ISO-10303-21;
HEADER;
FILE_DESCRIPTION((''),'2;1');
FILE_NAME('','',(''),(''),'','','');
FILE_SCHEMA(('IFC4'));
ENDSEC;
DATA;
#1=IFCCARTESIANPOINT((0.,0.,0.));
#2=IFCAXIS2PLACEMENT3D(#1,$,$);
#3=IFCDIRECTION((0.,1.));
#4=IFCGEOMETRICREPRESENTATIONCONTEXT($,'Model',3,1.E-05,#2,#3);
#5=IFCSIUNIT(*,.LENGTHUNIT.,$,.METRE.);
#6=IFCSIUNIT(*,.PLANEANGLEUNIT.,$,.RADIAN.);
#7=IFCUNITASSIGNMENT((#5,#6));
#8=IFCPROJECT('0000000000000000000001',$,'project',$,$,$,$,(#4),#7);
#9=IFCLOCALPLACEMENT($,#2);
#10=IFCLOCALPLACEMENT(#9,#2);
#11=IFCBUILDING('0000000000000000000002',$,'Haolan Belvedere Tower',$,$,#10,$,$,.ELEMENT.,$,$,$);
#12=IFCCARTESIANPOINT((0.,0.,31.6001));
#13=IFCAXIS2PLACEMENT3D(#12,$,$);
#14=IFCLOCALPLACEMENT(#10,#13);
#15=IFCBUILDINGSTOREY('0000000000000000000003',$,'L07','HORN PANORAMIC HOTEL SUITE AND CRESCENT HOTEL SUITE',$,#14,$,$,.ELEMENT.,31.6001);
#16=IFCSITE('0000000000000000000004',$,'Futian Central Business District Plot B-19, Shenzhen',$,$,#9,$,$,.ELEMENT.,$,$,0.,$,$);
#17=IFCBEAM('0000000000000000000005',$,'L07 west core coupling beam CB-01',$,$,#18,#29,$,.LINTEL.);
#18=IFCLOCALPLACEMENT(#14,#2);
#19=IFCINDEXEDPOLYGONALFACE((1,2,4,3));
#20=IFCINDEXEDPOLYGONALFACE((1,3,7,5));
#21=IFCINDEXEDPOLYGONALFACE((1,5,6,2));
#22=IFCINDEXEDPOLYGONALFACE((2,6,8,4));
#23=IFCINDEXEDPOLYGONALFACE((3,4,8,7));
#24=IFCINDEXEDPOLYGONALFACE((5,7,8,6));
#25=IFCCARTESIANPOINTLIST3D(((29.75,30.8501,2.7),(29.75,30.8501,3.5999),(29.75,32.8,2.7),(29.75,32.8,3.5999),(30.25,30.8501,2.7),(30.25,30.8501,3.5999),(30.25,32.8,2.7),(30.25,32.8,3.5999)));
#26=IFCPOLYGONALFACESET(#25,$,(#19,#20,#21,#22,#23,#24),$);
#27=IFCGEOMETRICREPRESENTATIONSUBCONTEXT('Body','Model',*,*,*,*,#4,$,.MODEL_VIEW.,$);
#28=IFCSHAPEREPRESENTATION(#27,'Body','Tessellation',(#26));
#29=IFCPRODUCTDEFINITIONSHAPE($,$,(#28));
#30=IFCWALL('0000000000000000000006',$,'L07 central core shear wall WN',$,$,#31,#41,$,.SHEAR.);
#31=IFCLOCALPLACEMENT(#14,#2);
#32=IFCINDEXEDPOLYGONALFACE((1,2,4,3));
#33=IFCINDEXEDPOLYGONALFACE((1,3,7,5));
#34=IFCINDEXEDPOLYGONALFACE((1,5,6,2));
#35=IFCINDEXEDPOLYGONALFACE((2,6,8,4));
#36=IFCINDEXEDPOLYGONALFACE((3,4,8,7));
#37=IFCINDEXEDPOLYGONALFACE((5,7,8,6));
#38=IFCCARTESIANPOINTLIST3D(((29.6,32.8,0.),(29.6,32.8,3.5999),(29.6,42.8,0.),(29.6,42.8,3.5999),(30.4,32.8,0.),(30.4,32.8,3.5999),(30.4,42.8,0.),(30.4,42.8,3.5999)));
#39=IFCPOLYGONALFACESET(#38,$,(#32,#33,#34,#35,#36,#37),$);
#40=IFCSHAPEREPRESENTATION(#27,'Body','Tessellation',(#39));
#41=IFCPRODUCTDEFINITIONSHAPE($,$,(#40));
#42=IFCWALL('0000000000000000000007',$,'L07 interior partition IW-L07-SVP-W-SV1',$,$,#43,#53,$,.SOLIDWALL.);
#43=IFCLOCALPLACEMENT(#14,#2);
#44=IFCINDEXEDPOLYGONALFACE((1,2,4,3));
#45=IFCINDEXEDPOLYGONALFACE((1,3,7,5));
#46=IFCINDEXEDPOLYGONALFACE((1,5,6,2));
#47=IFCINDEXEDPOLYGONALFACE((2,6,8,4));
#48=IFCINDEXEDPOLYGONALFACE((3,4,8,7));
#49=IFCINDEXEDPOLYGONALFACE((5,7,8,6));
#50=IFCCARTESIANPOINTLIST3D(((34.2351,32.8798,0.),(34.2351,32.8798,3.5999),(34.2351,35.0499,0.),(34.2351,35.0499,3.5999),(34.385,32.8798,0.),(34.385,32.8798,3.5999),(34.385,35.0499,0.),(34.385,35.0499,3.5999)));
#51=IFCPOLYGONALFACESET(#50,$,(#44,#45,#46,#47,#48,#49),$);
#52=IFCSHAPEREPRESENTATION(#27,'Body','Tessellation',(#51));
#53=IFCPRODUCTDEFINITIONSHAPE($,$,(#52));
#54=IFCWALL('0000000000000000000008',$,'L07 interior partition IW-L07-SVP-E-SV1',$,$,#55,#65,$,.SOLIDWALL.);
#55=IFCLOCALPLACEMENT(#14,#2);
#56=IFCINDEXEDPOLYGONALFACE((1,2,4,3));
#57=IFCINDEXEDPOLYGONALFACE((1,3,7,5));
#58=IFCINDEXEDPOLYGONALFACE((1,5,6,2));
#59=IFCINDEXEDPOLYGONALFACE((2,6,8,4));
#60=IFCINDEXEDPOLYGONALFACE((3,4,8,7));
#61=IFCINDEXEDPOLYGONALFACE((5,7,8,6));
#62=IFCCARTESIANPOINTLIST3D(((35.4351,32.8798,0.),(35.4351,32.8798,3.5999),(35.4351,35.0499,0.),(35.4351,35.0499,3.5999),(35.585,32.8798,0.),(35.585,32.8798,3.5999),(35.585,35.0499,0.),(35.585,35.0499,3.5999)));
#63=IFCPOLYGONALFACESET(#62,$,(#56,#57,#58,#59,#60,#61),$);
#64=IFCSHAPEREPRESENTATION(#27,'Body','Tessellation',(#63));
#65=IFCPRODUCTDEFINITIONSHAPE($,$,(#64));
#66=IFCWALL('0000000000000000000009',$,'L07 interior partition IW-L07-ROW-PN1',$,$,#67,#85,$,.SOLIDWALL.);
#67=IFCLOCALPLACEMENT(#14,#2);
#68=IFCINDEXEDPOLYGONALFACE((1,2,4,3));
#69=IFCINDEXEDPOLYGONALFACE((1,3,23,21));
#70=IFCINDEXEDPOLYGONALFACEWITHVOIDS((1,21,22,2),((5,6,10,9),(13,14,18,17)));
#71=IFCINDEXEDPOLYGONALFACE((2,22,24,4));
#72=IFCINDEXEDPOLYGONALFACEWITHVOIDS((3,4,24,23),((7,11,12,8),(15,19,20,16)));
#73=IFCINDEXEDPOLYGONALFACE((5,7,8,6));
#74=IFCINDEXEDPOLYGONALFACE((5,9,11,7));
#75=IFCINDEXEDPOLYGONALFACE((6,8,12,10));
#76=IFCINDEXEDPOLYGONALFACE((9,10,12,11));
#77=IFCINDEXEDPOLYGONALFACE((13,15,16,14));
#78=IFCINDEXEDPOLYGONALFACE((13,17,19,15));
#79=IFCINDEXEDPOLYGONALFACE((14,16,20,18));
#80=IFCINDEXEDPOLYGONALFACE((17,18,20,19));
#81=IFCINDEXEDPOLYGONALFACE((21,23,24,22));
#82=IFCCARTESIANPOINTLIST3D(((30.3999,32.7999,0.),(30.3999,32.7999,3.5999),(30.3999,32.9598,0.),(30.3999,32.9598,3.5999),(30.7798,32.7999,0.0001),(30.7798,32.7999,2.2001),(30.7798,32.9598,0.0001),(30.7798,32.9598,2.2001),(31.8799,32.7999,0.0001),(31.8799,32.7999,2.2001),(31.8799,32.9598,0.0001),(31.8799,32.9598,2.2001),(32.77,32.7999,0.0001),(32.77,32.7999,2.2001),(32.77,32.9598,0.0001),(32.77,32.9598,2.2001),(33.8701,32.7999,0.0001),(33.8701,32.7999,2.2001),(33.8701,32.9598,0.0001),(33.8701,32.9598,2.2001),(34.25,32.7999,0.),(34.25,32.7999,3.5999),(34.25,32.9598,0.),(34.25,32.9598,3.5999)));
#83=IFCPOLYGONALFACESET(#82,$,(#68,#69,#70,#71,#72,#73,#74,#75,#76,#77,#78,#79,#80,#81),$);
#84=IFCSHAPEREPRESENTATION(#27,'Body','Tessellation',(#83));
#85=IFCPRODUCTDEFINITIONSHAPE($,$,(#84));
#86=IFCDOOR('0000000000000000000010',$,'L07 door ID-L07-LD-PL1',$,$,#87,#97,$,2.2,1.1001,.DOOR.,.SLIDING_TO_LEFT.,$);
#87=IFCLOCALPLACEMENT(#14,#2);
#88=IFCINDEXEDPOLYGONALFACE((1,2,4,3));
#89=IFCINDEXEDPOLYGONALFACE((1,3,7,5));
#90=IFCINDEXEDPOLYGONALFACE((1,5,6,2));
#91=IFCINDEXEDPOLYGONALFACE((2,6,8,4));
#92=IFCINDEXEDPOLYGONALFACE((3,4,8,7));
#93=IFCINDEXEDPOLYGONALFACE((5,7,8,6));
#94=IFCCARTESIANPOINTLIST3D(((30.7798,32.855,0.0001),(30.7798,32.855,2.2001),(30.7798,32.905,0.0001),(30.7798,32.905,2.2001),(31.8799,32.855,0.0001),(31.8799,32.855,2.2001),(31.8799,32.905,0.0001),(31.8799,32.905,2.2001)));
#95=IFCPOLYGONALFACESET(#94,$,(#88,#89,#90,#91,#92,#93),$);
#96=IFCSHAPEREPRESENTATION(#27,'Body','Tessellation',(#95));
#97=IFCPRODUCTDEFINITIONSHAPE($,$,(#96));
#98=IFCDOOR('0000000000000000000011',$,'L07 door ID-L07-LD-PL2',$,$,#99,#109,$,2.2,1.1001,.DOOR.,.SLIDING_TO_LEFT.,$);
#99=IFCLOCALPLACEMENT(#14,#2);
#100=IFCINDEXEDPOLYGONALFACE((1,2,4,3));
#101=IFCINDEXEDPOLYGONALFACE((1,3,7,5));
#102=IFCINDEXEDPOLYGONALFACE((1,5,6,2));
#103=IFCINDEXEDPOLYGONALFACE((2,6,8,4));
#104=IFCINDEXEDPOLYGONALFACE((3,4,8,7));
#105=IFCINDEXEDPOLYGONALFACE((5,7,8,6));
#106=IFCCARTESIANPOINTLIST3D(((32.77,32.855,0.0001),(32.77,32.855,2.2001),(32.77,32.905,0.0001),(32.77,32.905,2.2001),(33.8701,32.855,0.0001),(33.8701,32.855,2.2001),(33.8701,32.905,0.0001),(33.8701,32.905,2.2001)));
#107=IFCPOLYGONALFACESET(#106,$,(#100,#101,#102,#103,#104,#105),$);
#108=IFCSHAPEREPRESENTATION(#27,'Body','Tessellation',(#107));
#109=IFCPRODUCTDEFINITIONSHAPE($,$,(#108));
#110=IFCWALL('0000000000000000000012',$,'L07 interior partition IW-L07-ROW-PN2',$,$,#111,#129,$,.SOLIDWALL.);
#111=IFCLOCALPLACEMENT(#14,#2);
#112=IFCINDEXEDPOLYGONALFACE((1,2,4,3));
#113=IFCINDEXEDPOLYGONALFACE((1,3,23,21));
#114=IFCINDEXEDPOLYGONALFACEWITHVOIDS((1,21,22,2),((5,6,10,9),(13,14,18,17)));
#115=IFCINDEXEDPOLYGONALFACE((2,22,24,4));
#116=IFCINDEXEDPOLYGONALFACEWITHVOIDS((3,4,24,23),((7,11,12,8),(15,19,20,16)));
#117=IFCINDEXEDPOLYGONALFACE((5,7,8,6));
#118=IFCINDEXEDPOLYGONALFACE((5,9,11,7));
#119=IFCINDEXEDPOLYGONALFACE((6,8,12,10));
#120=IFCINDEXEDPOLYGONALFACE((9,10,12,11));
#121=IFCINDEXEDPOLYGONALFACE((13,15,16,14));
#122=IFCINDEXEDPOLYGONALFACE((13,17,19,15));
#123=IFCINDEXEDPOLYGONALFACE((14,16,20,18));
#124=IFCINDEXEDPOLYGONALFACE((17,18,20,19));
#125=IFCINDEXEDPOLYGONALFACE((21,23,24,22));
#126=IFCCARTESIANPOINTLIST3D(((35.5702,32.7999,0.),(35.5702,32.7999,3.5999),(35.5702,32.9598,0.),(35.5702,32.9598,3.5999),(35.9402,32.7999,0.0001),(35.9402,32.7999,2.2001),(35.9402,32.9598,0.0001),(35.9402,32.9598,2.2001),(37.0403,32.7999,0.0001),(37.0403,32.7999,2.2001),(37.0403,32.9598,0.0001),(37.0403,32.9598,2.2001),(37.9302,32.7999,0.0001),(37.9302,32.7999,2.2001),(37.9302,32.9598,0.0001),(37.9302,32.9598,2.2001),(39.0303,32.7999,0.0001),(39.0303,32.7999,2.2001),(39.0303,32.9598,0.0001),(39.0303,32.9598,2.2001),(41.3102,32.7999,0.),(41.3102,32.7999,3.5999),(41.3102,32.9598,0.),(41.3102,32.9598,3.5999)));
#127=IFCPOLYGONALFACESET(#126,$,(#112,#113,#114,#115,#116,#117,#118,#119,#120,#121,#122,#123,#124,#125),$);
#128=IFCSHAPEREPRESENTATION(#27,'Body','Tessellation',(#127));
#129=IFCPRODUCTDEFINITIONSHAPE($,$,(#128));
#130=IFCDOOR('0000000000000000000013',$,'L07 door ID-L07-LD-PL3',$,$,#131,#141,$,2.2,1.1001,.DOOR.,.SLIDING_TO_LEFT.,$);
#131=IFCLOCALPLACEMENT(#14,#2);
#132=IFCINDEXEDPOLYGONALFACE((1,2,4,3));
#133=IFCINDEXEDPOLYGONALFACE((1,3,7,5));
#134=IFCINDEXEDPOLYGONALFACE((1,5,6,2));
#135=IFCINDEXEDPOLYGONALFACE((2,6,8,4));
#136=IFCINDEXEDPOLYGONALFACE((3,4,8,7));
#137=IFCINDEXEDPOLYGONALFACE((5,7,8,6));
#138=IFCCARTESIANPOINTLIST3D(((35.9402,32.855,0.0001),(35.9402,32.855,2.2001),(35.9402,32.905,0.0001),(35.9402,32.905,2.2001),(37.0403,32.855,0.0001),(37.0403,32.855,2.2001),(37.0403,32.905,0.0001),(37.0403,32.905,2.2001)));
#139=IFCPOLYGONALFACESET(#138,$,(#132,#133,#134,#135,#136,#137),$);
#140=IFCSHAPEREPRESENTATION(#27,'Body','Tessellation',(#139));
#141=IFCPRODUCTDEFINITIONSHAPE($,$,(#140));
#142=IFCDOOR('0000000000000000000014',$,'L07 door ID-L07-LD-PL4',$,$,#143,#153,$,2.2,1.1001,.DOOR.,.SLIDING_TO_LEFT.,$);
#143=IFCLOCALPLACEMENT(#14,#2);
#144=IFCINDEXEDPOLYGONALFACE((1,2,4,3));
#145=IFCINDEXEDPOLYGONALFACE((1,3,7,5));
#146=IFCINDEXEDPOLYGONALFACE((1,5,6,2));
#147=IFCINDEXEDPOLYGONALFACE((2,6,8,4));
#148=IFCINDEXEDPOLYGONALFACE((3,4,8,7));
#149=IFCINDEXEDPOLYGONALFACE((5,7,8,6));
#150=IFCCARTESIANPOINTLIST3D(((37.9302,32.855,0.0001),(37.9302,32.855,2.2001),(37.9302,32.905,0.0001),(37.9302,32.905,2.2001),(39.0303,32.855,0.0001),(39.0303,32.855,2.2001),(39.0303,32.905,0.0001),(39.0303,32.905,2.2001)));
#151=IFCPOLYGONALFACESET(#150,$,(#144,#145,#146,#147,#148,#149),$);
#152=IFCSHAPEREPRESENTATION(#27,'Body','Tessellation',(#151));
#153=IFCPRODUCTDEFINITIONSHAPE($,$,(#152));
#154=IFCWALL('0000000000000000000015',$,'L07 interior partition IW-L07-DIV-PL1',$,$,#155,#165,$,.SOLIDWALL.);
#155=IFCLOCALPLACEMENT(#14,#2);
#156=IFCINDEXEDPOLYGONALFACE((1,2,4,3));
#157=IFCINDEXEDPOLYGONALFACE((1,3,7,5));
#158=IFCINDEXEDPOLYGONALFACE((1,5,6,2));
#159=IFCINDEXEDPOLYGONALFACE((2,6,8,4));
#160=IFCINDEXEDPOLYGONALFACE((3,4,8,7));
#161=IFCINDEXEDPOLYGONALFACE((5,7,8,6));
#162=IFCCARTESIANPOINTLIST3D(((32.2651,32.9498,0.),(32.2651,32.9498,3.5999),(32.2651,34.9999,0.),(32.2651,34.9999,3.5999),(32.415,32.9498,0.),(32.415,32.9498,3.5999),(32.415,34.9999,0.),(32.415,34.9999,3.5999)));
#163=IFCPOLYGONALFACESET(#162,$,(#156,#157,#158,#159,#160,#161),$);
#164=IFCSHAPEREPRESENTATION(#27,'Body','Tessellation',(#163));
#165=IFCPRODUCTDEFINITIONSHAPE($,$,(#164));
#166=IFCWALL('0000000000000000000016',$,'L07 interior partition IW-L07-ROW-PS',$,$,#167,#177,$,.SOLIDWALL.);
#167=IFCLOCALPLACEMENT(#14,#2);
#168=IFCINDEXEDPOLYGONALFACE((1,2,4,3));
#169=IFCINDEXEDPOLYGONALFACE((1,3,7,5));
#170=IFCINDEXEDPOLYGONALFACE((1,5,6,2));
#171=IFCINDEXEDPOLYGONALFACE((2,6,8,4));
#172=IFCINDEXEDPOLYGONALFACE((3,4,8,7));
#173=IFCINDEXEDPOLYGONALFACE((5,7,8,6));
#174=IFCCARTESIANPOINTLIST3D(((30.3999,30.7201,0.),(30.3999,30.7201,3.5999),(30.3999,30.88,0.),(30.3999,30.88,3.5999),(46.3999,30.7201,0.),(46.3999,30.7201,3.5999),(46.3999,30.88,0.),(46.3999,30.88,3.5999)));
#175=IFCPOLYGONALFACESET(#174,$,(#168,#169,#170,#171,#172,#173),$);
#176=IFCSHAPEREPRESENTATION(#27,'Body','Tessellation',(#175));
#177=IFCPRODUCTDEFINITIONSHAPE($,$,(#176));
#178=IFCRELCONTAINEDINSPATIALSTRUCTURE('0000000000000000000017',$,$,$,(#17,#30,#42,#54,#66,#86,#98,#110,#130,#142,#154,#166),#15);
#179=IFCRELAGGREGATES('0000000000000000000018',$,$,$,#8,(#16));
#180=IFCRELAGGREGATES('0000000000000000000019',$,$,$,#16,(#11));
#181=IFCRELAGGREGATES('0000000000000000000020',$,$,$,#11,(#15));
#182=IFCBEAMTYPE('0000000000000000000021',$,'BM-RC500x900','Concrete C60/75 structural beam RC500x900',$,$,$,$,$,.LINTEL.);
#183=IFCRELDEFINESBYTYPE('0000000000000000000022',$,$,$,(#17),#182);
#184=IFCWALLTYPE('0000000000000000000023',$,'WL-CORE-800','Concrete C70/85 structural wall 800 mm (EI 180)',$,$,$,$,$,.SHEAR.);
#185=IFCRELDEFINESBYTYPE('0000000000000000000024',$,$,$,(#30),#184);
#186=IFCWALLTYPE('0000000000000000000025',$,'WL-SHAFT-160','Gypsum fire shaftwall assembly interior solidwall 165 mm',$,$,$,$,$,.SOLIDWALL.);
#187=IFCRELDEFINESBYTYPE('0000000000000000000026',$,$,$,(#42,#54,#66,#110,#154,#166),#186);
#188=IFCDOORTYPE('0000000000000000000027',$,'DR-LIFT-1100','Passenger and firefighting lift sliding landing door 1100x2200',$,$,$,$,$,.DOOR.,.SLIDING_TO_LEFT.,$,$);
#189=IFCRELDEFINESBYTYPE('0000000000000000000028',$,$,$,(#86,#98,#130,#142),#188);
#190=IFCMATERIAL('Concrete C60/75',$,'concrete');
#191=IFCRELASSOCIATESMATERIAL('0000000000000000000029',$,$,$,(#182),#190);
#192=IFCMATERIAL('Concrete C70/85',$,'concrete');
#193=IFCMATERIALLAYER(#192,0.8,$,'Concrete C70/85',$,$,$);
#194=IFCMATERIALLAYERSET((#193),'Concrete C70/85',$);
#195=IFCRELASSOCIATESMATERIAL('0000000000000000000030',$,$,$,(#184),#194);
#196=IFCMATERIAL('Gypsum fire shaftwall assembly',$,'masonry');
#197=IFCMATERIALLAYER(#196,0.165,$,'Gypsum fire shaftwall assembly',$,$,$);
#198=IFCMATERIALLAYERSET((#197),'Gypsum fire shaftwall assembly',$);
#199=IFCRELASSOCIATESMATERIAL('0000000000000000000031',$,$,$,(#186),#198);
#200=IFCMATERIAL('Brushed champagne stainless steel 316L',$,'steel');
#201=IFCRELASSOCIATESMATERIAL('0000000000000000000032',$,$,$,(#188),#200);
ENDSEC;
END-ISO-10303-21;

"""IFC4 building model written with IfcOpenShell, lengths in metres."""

from ifc_helpers import new_model, si_unit, direction, frame, frame_2d, origin, origin_2d, place, context, subcontext, project, spatial, rectangle, extrude, material, layer, layer_set, material_profile, profile_set, type_object, element, fill, save


model = new_model("IFC4")

# Units and contexts
model_context = context("Model", 3, precision=1e-05, world=origin(), true_north=direction((0.0, 1.0)))
body_context = subcontext(model_context, "Body", "Model", "MODEL_VIEW")
ifc_project = project(units=[si_unit("LENGTHUNIT", "METRE"), si_unit("PLANEANGLEUNIT", "RADIAN")], contexts=[model_context])

# Site, building, storey
site_placement = place(None, origin())
site = spatial("IfcSite", under=ifc_project, at=site_placement, Name="Futian Central Business District Plot B-19, Shenzhen", CompositionType="ELEMENT", RefElevation=0.0)
building_placement = place(site_placement, origin())
building = spatial("IfcBuilding", under=site, at=building_placement, Name="Haolan Belvedere Tower", CompositionType="ELEMENT")
storey_placement = place(building_placement, frame((0.0, 0.0, 31.6001)))
storey = spatial("IfcBuildingStorey", under=building, at=storey_placement, Name="L07", Description="HORN PANORAMIC HOTEL SUITE AND CRESCENT HOTEL SUITE", CompositionType="ELEMENT", Elevation=31.6001)

# Beam
ifc_material_1 = material(Name="Concrete C60/75", Category="concrete")
ifc_material_profile = material_profile(ifc_material_1, rectangle(XDim=0.5, YDim=0.8999, at=origin_2d()), Name="Concrete C60/75")
ifc_profile_set = profile_set([ifc_material_profile], Name="Concrete C60/75")
beam_type = type_object("IfcBeamType", Name="BM-RC500x900", Description="Concrete C60/75 structural beam RC500x900", PredefinedType="LINTEL", material=ifc_profile_set)
beam_placement = place(storey_placement, frame((30.0, 30.8501, 3.1499), z_axis=(0.0, 1.0, 0.0), x_axis=(-1.0, 0.0, 0.0)))
element("IfcBeam", 1, at=beam_placement, inside=storey, type_object=beam_type, Name="L07 west core coupling beam CB-01", PredefinedType="LINTEL", context=body_context, shape_type="SweptSolid", body=[
    extrude(rectangle(XDim=0.5, YDim=0.8999, at=origin_2d()), origin(), (0.0, 0.0, 1.0), 1.95),
])

# Wall
ifc_material_2 = material(Name="Concrete C70/85", Category="concrete")
ifc_layer_1 = layer(ifc_material_2, 0.8, Name="Concrete C70/85")
ifc_layer_set_1 = layer_set([ifc_layer_1], Name="Concrete C70/85")
wall_type_1 = type_object("IfcWallType", Name="WL-CORE-800", Description="Concrete C70/85 structural wall 800 mm (EI 180)", PredefinedType="SHEAR", material=ifc_layer_set_1)
wall_1_placement = place(storey_placement, frame((30.0, 32.8, 0.0), z_axis=(0.0, 0.0, 1.0), x_axis=(0.0, 1.0, 0.0)))
element("IfcWall", 2, at=wall_1_placement, inside=storey, type_object=wall_type_1, Name="L07 central core shear wall WN", PredefinedType="SHEAR", context=body_context, shape_type="SweptSolid", body=[
    extrude(rectangle(XDim=10.0, YDim=0.8, at=frame_2d((5.0, 0.0))), origin(), (0.0, 0.0, 1.0), 3.5999),
])

# Walls
ifc_material_3 = material(Name="Gypsum fire shaftwall assembly", Category="masonry")
ifc_layer_2 = layer(ifc_material_3, 0.165, Name="Gypsum fire shaftwall assembly")
ifc_layer_set_2 = layer_set([ifc_layer_2], Name="Gypsum fire shaftwall assembly")
wall_type_2 = type_object("IfcWallType", Name="WL-SHAFT-160", Description="Gypsum fire shaftwall assembly interior solidwall 165 mm", PredefinedType="SOLIDWALL", material=ifc_layer_set_2)
for number, where, z_axis, x_axis, name in (
    (3, (34.3101, 32.8799, 0.0), (0.0, 0.0, 1.0), (0.0, 1.0, 0.0), "L07 interior partition IW-L07-SVP-W-SV1"),
    (4, (35.51, 32.8799, 0.0), (0.0, 0.0, 1.0), (0.0, 1.0, 0.0), "L07 interior partition IW-L07-SVP-E-SV1"),
):
    element("IfcWall", number, at=place(storey_placement, frame(where, z_axis=z_axis, x_axis=x_axis)), inside=storey, type_object=wall_type_2, Name=name, PredefinedType="SOLIDWALL", context=body_context, shape_type="SweptSolid", body=[
        extrude(rectangle(XDim=2.1702, YDim=0.1499, at=frame_2d((1.085, 0.0))), origin(), (0.0, 0.0, 1.0), 3.5999),
    ])

# Walls, openings, doors
wall_2_placement = place(storey_placement, frame((30.3999, 32.8799, 0.0), z_axis=(0.0, 0.0, 1.0), x_axis=(1.0, 0.0, 0.0)))
wall_2 = element("IfcWall", 5, at=wall_2_placement, inside=storey, type_object=wall_type_2, Name="L07 interior partition IW-L07-ROW-PN1", PredefinedType="SOLIDWALL", context=body_context, shape_type="SweptSolid", body=[
    extrude(rectangle(XDim=3.8501, YDim=0.1599, at=frame_2d((1.925, 0.0))), origin(), (0.0, 0.0, 1.0), 3.5999),
])
opening_1_placement = place(wall_2_placement, frame((1.48, 0.0, 0.0), z_axis=(0.0, 0.0, 1.0), x_axis=(-1.0, 0.0, 0.0)))
opening_1 = element("IfcOpeningElement", 6, at=opening_1_placement, cuts=wall_2, PredefinedType="OPENING", context=body_context, shape_type="SweptSolid", body=[
    extrude(rectangle(XDim=1.1001, YDim=2.2, at=frame_2d((0.55, 1.1001))), frame((0.0, 0.0898, 0.0), z_axis=(0.0, -1.0, 0.0), x_axis=(1.0, 0.0, 0.0)), (0.0, 0.0, 1.0), 0.1799),
])
opening_2_placement = place(wall_2_placement, frame((3.4702, 0.0, 0.0), z_axis=(0.0, 0.0, 1.0), x_axis=(-1.0, 0.0, 0.0)))
opening_2 = element("IfcOpeningElement", 7, at=opening_2_placement, cuts=wall_2, PredefinedType="OPENING", context=body_context, shape_type="SweptSolid", body=[
    extrude(rectangle(XDim=1.1001, YDim=2.2, at=frame_2d((0.55, 1.1001))), frame((0.0, 0.0898, 0.0), z_axis=(0.0, -1.0, 0.0), x_axis=(1.0, 0.0, 0.0)), (0.0, 0.0, 1.0), 0.1799),
])
ifc_material_4 = material(Name="Brushed champagne stainless steel 316L", Category="steel")
door_type_1 = type_object("IfcDoorType", Name="DR-LIFT-1100", Description="Passenger and firefighting lift sliding landing door 1100x2200", OperationType="SLIDING_TO_LEFT", PredefinedType="DOOR", material=ifc_material_4)
door_1_placement = place(opening_1_placement, origin())
door_1 = element("IfcDoor", 8, at=door_1_placement, inside=storey, type_object=door_type_1, Name="L07 door ID-L07-LD-PL1", OperationType="SLIDING_TO_LEFT", OverallHeight=2.2, OverallWidth=1.1001, PredefinedType="DOOR", context=body_context, shape_type="SweptSolid", body=[
    extrude(rectangle(XDim=1.1001, YDim=2.2, at=frame_2d((0.55, 1.1001))), frame((0.0, 0.0249, 0.0), z_axis=(0.0, -1.0, 0.0), x_axis=(1.0, 0.0, 0.0)), (0.0, 0.0, 1.0), 0.05),
])
fill(opening_1, door_1)
door_2_placement = place(opening_2_placement, origin())
door_2 = element("IfcDoor", 9, at=door_2_placement, inside=storey, type_object=door_type_1, Name="L07 door ID-L07-LD-PL2", OperationType="SLIDING_TO_LEFT", OverallHeight=2.2, OverallWidth=1.1001, PredefinedType="DOOR", context=body_context, shape_type="SweptSolid", body=[
    extrude(rectangle(XDim=1.1001, YDim=2.2, at=frame_2d((0.55, 1.1001))), frame((0.0, 0.0249, 0.0), z_axis=(0.0, -1.0, 0.0), x_axis=(1.0, 0.0, 0.0)), (0.0, 0.0, 1.0), 0.05),
])
fill(opening_2, door_2)
wall_3_placement = place(storey_placement, frame((35.5701, 32.8799, 0.0), z_axis=(0.0, 0.0, 1.0), x_axis=(1.0, 0.0, 0.0)))
wall_3 = element("IfcWall", 10, at=wall_3_placement, inside=storey, type_object=wall_type_2, Name="L07 interior partition IW-L07-ROW-PN2", PredefinedType="SOLIDWALL", context=body_context, shape_type="SweptSolid", body=[
    extrude(rectangle(XDim=5.74, YDim=0.1599, at=frame_2d((2.8701, 0.0))), origin(), (0.0, 0.0, 1.0), 3.5999),
])
opening_3_placement = place(wall_3_placement, frame((1.4702, 0.0, 0.0), z_axis=(0.0, 0.0, 1.0), x_axis=(-1.0, 0.0, 0.0)))
opening_3 = element("IfcOpeningElement", 11, at=opening_3_placement, cuts=wall_3, PredefinedType="OPENING", context=body_context, shape_type="SweptSolid", body=[
    extrude(rectangle(XDim=1.1001, YDim=2.2, at=frame_2d((0.55, 1.1001))), frame((0.0, 0.0898, 0.0), z_axis=(0.0, -1.0, 0.0), x_axis=(1.0, 0.0, 0.0)), (0.0, 0.0, 1.0), 0.1799),
])
opening_4_placement = place(wall_3_placement, frame((3.4602, 0.0, 0.0), z_axis=(0.0, 0.0, 1.0), x_axis=(-1.0, 0.0, 0.0)))
opening_4 = element("IfcOpeningElement", 12, at=opening_4_placement, cuts=wall_3, PredefinedType="OPENING", context=body_context, shape_type="SweptSolid", body=[
    extrude(rectangle(XDim=1.1001, YDim=2.2, at=frame_2d((0.55, 1.1001))), frame((0.0, 0.0898, 0.0), z_axis=(0.0, -1.0, 0.0), x_axis=(1.0, 0.0, 0.0)), (0.0, 0.0, 1.0), 0.1799),
])
door_3_placement = place(opening_3_placement, origin())
door_3 = element("IfcDoor", 13, at=door_3_placement, inside=storey, type_object=door_type_1, Name="L07 door ID-L07-LD-PL3", OperationType="SLIDING_TO_LEFT", OverallHeight=2.2, OverallWidth=1.1001, PredefinedType="DOOR", context=body_context, shape_type="SweptSolid", body=[
    extrude(rectangle(XDim=1.1001, YDim=2.2, at=frame_2d((0.55, 1.1001))), frame((0.0, 0.0249, 0.0), z_axis=(0.0, -1.0, 0.0), x_axis=(1.0, 0.0, 0.0)), (0.0, 0.0, 1.0), 0.05),
])
fill(opening_3, door_3)
door_4_placement = place(opening_4_placement, origin())
door_4 = element("IfcDoor", 14, at=door_4_placement, inside=storey, type_object=door_type_1, Name="L07 door ID-L07-LD-PL4", OperationType="SLIDING_TO_LEFT", OverallHeight=2.2, OverallWidth=1.1001, PredefinedType="DOOR", context=body_context, shape_type="SweptSolid", body=[
    extrude(rectangle(XDim=1.1001, YDim=2.2, at=frame_2d((0.55, 1.1001))), frame((0.0, 0.0249, 0.0), z_axis=(0.0, -1.0, 0.0), x_axis=(1.0, 0.0, 0.0)), (0.0, 0.0, 1.0), 0.05),
])
fill(opening_4, door_4)

# Walls
wall_4_placement = place(storey_placement, frame((32.3401, 32.95, 0.0), z_axis=(0.0, 0.0, 1.0), x_axis=(0.0, 1.0, 0.0)))
element("IfcWall", 15, at=wall_4_placement, inside=storey, type_object=wall_type_2, Name="L07 interior partition IW-L07-DIV-PL1", PredefinedType="SOLIDWALL", context=body_context, shape_type="SweptSolid", body=[
    extrude(rectangle(XDim=2.05, YDim=0.1499, at=frame_2d((1.0249, 0.0))), origin(), (0.0, 0.0, 1.0), 3.5999),
])
wall_5_placement = place(storey_placement, frame((30.3999, 30.8, 0.0), z_axis=(0.0, 0.0, 1.0), x_axis=(1.0, 0.0, 0.0)))
element("IfcWall", 16, at=wall_5_placement, inside=storey, type_object=wall_type_2, Name="L07 interior partition IW-L07-ROW-PS", PredefinedType="SOLIDWALL", context=body_context, shape_type="SweptSolid", body=[
    extrude(rectangle(XDim=16.0, YDim=0.1599, at=frame_2d((8.0, 0.0))), origin(), (0.0, 0.0, 1.0), 3.5999),
])

save(model, "model.ifc")
